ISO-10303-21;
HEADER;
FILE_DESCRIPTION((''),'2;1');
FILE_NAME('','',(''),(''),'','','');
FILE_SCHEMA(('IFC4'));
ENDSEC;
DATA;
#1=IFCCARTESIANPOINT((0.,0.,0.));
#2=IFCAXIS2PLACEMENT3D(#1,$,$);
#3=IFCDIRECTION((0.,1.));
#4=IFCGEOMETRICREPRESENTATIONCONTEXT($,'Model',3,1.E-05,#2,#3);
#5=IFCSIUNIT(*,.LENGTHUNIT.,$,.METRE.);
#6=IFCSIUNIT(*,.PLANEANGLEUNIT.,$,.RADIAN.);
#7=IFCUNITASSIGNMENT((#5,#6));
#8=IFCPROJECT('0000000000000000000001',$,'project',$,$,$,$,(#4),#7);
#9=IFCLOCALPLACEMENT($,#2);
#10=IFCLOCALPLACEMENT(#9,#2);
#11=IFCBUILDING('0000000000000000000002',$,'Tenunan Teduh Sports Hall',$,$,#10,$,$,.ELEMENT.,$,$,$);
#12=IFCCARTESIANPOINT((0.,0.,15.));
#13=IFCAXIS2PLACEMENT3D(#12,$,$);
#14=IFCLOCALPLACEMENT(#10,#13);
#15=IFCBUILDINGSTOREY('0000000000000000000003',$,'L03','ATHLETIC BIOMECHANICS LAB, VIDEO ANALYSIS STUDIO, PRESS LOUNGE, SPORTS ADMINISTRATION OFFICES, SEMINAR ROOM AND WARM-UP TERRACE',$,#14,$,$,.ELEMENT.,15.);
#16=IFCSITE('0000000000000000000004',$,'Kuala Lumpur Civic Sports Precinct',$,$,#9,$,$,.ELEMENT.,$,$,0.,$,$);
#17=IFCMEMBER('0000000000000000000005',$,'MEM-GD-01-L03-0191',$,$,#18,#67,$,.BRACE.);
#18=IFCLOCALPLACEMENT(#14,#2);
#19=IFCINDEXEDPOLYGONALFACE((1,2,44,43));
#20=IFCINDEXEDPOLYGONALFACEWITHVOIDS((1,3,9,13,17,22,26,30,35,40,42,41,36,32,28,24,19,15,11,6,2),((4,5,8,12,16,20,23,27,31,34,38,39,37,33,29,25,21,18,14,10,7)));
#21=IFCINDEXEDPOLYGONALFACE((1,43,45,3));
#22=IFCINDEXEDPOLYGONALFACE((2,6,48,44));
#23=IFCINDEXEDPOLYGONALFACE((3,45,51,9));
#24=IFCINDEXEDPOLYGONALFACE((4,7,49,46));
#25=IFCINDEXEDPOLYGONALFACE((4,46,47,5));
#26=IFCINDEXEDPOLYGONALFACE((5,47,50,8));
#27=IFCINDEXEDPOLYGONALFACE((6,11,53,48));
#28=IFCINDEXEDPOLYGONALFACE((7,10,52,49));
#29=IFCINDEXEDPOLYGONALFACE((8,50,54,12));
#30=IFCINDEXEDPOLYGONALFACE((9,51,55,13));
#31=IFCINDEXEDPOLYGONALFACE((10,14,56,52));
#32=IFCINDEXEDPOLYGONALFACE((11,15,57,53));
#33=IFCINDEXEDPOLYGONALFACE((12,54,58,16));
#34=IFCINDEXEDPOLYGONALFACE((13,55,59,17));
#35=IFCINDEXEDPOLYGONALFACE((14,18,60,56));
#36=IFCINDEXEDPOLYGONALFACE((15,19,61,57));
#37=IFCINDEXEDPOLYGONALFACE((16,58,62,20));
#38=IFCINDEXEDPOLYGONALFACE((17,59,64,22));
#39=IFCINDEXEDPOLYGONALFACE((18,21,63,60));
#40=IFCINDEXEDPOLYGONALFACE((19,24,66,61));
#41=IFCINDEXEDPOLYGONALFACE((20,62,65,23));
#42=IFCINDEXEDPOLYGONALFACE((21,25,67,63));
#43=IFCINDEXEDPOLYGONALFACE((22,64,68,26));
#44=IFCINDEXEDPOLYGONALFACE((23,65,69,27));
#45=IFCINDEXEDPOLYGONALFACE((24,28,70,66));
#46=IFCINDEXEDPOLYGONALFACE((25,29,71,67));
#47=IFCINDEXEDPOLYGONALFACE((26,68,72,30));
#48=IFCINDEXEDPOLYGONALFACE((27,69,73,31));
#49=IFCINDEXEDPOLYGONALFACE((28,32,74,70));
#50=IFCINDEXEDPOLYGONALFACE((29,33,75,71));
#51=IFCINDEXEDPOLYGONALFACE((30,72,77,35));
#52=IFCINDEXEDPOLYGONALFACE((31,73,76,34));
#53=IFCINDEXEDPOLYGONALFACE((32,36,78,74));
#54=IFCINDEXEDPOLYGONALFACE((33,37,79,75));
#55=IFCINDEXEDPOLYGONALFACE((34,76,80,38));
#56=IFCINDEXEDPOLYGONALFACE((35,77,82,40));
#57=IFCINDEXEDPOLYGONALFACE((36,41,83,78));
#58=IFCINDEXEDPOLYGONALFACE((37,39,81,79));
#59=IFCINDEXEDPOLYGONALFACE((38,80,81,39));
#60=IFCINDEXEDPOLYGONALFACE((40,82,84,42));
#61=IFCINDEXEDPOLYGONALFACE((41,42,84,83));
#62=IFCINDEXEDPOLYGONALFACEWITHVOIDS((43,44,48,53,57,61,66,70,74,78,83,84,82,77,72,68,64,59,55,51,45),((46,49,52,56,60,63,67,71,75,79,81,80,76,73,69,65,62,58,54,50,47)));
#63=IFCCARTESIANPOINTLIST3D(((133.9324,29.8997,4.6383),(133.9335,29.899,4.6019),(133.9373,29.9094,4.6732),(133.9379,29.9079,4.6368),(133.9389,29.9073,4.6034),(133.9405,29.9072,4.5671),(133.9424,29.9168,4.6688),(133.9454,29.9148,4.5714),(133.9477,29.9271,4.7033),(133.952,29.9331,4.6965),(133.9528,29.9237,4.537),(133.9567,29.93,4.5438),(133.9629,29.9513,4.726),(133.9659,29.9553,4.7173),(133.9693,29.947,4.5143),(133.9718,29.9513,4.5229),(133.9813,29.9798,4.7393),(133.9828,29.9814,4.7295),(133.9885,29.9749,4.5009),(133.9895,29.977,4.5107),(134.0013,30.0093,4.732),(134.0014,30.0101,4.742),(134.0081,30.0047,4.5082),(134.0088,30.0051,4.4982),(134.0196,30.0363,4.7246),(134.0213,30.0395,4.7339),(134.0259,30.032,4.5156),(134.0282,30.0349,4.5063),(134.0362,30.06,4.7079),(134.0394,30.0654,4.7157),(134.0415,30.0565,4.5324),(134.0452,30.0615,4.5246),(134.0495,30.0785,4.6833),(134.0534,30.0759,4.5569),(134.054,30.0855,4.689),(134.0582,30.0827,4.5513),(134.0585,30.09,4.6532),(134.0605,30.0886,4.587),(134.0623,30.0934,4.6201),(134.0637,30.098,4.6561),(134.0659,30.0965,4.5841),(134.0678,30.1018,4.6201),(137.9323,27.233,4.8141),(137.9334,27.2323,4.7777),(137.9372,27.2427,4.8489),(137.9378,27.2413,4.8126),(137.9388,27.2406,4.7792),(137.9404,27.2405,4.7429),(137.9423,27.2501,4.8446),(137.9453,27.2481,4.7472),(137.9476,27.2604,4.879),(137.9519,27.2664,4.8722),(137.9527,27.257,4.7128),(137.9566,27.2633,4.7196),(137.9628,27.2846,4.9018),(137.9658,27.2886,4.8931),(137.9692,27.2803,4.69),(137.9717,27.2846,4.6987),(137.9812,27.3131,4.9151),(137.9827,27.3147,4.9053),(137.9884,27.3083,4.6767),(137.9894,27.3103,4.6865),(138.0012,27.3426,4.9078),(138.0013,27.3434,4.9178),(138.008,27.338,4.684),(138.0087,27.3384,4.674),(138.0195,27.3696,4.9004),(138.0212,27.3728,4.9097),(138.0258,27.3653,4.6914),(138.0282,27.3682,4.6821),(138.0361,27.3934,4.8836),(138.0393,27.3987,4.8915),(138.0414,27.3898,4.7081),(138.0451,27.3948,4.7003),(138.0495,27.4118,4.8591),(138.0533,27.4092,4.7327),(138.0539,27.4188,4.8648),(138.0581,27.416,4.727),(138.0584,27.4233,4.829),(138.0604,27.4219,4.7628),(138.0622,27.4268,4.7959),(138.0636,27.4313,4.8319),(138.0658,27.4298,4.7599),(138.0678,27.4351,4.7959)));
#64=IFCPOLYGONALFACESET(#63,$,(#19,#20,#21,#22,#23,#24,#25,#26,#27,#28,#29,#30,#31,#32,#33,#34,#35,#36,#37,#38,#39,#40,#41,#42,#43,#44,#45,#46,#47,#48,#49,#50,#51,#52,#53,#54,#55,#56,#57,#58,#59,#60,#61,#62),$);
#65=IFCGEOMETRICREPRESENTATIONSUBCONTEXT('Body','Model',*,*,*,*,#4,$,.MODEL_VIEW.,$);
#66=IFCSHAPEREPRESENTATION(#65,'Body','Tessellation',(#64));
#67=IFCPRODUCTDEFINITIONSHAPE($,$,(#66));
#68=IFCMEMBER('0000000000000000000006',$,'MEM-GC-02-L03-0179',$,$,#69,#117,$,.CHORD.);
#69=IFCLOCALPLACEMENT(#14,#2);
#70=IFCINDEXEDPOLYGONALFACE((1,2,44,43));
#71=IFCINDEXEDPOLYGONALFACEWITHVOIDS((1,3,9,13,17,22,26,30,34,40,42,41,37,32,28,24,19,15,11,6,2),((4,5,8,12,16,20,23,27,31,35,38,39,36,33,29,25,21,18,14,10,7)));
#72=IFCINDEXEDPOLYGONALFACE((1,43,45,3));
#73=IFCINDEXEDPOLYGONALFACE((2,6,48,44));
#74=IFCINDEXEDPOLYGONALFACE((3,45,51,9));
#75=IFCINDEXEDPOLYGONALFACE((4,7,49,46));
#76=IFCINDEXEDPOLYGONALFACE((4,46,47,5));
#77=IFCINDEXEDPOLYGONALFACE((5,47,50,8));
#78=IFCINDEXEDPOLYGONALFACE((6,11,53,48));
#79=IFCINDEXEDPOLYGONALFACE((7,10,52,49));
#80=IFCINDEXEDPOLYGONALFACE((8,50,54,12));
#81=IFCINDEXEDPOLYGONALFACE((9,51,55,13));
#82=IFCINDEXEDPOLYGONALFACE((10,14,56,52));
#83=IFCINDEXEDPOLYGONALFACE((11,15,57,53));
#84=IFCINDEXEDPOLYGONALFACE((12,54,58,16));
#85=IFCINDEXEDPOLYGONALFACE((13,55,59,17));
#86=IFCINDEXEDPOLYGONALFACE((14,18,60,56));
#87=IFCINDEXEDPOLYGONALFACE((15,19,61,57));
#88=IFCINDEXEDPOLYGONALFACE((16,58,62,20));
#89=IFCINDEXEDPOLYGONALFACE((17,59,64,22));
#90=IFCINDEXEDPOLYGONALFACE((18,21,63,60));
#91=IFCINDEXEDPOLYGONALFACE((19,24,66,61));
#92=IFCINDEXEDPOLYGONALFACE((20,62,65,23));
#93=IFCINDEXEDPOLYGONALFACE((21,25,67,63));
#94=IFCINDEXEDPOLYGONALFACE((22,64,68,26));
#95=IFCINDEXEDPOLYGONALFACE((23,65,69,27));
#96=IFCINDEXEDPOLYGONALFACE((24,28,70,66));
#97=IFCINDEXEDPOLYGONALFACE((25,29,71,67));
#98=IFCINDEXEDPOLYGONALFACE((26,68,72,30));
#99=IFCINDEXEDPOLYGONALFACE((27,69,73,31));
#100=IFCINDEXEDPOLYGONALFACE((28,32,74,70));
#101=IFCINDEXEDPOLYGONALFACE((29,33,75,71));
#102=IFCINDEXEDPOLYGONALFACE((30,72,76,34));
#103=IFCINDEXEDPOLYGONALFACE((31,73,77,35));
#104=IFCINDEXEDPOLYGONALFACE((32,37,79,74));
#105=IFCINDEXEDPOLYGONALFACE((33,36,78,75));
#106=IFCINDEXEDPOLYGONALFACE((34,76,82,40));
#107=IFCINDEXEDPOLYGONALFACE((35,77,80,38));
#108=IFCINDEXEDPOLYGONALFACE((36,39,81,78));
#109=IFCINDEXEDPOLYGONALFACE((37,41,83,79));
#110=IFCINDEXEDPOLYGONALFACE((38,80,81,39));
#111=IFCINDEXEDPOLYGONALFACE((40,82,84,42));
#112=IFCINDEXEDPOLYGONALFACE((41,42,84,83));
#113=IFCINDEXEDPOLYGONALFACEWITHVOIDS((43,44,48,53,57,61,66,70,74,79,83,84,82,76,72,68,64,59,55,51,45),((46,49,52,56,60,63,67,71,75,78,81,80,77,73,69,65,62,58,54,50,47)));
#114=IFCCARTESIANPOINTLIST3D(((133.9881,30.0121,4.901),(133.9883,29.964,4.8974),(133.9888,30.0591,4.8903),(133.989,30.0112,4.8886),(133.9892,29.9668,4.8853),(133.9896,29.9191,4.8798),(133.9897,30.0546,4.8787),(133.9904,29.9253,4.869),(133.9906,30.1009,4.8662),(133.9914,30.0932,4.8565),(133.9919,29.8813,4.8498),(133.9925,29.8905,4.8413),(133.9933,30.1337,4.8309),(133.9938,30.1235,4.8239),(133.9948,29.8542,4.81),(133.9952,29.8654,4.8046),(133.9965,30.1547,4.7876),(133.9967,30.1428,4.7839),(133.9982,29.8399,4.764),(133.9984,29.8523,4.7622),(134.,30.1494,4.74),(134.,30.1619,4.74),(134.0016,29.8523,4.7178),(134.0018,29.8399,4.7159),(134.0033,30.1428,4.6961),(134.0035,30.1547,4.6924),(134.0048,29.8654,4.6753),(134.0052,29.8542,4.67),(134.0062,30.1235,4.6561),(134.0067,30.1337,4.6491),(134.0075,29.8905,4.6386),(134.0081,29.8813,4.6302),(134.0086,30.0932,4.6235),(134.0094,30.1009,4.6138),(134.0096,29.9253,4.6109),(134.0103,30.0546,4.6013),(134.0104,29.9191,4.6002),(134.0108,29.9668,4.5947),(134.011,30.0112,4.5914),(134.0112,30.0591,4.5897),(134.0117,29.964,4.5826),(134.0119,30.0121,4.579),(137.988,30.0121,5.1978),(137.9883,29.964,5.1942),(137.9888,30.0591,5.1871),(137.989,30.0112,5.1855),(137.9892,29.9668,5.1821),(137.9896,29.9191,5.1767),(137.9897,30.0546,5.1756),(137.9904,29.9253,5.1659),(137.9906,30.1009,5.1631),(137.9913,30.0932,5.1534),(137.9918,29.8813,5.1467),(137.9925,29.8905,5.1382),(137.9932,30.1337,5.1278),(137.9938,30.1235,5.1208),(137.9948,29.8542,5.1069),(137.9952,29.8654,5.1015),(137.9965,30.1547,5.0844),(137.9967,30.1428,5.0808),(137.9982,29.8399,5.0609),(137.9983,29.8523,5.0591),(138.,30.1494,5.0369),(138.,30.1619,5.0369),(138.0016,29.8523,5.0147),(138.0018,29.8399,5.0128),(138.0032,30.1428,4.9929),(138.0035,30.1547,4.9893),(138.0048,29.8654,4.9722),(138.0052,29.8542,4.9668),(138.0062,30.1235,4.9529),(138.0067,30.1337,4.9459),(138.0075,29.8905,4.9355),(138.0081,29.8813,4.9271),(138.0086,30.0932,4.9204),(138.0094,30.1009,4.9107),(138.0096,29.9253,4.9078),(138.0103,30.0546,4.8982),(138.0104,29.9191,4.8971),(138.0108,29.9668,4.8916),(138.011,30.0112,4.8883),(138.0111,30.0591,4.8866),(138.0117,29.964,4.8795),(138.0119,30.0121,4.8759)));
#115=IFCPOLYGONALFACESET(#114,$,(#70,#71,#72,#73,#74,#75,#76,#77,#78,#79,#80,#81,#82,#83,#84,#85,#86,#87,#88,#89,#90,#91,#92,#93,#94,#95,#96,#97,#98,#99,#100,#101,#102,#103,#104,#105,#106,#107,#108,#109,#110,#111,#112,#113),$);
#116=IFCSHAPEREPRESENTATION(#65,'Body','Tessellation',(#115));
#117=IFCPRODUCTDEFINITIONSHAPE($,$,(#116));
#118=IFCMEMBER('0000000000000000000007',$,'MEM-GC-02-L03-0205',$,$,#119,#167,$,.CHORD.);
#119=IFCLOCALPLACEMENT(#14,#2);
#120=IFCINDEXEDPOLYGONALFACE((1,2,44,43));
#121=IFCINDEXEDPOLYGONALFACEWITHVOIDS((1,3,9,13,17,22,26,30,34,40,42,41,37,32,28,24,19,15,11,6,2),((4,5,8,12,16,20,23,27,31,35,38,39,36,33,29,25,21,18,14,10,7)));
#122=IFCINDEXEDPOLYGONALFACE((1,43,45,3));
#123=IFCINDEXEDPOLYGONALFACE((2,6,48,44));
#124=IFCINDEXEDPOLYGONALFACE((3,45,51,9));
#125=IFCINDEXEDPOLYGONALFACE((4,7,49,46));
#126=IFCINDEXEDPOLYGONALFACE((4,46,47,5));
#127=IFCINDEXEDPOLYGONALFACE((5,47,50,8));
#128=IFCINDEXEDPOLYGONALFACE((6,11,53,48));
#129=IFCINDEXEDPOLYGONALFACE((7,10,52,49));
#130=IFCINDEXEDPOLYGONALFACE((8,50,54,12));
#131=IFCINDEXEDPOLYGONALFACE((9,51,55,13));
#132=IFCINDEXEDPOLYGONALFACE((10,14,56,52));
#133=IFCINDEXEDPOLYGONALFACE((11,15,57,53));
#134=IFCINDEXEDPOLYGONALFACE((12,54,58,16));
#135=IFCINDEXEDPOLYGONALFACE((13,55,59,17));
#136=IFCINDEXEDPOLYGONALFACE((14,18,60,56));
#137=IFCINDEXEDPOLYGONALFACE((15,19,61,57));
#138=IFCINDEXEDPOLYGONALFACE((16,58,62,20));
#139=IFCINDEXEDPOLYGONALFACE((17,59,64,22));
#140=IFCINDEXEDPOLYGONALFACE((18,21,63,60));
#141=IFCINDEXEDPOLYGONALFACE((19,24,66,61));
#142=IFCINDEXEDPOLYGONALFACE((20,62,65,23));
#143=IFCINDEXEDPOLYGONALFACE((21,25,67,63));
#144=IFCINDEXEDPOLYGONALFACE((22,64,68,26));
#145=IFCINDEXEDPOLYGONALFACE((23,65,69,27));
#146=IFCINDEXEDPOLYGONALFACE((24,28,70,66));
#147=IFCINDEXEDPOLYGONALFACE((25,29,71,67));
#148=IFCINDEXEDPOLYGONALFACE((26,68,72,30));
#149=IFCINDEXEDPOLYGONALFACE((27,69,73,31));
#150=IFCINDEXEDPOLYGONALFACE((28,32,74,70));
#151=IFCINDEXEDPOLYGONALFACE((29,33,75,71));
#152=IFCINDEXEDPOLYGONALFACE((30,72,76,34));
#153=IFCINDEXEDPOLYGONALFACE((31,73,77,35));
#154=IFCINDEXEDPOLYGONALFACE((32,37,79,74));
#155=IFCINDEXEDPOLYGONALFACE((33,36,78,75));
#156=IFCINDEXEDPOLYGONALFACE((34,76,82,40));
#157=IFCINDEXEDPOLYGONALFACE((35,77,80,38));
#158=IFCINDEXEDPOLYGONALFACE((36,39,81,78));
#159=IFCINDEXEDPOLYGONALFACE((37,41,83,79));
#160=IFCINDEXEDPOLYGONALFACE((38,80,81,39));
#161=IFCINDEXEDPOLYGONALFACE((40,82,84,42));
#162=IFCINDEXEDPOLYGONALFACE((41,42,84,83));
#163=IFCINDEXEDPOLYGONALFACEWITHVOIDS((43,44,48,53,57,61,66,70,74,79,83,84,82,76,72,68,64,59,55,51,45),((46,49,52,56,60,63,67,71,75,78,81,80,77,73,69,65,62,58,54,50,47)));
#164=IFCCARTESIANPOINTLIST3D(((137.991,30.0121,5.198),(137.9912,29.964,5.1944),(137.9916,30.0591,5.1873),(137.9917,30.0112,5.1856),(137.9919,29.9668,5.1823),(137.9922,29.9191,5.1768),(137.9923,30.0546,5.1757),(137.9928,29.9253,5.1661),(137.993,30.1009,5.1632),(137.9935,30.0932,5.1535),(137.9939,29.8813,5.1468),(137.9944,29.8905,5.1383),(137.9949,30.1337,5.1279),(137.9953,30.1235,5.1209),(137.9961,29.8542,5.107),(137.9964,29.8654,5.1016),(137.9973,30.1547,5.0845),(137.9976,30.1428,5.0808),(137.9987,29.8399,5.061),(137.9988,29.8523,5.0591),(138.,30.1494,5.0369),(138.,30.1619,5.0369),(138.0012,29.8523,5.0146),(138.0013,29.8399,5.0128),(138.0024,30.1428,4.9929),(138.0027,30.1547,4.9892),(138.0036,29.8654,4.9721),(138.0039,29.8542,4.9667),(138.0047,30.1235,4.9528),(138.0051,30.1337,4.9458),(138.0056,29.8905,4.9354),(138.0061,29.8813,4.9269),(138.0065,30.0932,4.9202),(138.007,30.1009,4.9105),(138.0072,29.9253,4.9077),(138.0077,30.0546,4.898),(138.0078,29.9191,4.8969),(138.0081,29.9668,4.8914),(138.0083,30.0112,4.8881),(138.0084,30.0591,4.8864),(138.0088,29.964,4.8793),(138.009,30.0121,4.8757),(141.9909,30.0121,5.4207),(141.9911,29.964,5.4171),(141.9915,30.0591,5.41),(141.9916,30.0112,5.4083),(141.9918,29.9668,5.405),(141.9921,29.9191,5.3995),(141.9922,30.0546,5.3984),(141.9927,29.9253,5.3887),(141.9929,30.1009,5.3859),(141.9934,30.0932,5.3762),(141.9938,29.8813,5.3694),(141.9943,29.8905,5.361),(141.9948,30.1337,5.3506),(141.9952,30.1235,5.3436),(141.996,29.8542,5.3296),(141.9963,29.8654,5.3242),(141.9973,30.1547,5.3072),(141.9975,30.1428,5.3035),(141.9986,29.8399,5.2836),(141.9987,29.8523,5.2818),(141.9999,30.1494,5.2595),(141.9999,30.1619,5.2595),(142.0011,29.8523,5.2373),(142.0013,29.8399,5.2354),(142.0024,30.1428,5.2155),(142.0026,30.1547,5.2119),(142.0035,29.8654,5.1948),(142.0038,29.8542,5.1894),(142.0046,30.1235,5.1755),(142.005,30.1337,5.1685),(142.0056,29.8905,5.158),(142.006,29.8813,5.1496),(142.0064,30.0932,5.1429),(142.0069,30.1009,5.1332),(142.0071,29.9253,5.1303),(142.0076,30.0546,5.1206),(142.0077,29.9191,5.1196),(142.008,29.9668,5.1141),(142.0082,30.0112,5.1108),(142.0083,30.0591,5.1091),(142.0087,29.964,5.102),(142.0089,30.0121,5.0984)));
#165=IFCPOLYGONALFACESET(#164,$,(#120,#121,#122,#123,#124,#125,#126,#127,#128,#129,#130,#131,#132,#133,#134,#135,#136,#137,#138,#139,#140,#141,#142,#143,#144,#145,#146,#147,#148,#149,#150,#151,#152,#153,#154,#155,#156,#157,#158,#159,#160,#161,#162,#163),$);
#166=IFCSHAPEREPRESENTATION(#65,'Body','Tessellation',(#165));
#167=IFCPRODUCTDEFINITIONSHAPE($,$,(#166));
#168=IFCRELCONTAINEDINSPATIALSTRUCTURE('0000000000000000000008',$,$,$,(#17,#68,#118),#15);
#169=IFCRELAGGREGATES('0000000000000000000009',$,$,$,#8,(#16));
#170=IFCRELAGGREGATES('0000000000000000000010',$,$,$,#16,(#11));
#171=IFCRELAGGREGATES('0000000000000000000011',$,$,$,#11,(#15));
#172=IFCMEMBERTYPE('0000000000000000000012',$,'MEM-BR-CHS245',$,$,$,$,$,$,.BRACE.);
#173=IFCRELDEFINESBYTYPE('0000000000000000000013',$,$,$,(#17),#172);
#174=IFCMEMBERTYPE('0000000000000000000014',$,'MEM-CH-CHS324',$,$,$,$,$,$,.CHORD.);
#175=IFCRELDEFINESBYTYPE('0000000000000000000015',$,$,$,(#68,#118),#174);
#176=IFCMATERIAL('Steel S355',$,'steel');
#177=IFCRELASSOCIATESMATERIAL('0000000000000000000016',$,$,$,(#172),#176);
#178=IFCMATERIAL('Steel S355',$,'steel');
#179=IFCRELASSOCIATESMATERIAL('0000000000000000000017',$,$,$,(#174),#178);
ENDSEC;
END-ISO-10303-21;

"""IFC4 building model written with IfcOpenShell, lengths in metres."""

from ifc_helpers import new_model, si_unit, direction, frame, origin, origin_2d, place, context, subcontext, project, spatial, hollow_circle, extrude, material, material_profile, profile_set, type_object, element, save


model = new_model("IFC4")

# Units and contexts
model_context = context("Model", 3, precision=1e-05, world=origin(), true_north=direction((0.0, 1.0)))
body_context = subcontext(model_context, "Body", "Model", "MODEL_VIEW")
ifc_project = project(units=[si_unit("LENGTHUNIT", "METRE"), si_unit("PLANEANGLEUNIT", "RADIAN")], contexts=[model_context])

# Site, building, storey
site_placement = place(None, origin())
site = spatial("IfcSite", under=ifc_project, at=site_placement, Name="Kuala Lumpur Civic Sports Precinct", CompositionType="ELEMENT", RefElevation=0.0)
building_placement = place(site_placement, origin())
building = spatial("IfcBuilding", under=site, at=building_placement, Name="Tenunan Teduh Sports Hall", CompositionType="ELEMENT")
storey_placement = place(building_placement, frame((0.0, 0.0, 15.0)))
storey = spatial("IfcBuildingStorey", under=building, at=storey_placement, Name="L03", Description="ATHLETIC BIOMECHANICS LAB, VIDEO ANALYSIS STUDIO, PRESS LOUNGE, SPORTS ADMINISTRATION OFFICES, SEMINAR ROOM AND WARM-UP TERRACE", CompositionType="ELEMENT", Elevation=15.0)

# Members
ifc_material_1 = material(Name="Steel S355", Category="steel")
ifc_material_profile_1 = material_profile(ifc_material_1, hollow_circle(Radius=0.1223, WallThickness=0.01, at=origin_2d()), Name="CHS 244.5x10.0")
ifc_profile_set_1 = profile_set([ifc_material_profile_1], Name="Steel S355")
member_type_1 = type_object("IfcMemberType", Name="MEM-BR-CHS245", PredefinedType="BRACE", material=ifc_profile_set_1)
member_1_placement = place(storey_placement, frame((134.0, 30.0, 4.6201), z_axis=(0.831487, -0.554341, 0.03654), x_axis=(0.554712, 0.832042, 0.0)))
element("IfcMember", 1, at=member_1_placement, inside=storey, type_object=member_type_1, Name="MEM-GD-01-L03-0191", PredefinedType="BRACE", context=body_context, shape_type="SweptSolid", body=[
    extrude(hollow_circle(Radius=0.1223, WallThickness=0.01, at=origin_2d()), origin(), (0.0, 0.0, 1.0), 4.8105),
])
ifc_material_2 = material(Name="Steel S355", Category="steel")
ifc_material_profile_2 = material_profile(ifc_material_2, hollow_circle(Radius=0.1619, WallThickness=0.0125, at=origin_2d()), Name="CHS 323.9x12.5")
ifc_profile_set_2 = profile_set([ifc_material_profile_2], Name="Steel S355")
member_type_2 = type_object("IfcMemberType", Name="MEM-CH-CHS324", PredefinedType="CHORD", material=ifc_profile_set_2)
member_2_placement = place(storey_placement, frame((134.0, 30.0, 4.74), z_axis=(0.997257, 0.0, 0.074015), x_axis=(0.0, 1.0, 0.0)))
element("IfcMember", 2, at=member_2_placement, inside=storey, type_object=member_type_2, Name="MEM-GC-02-L03-0179", PredefinedType="CHORD", context=body_context, shape_type="SweptSolid", body=[
    extrude(hollow_circle(Radius=0.1619, WallThickness=0.0125, at=origin_2d()), origin(), (0.0, 0.0, 1.0), 4.011),
])
member_3_placement = place(storey_placement, frame((138.0, 30.0, 5.0369), z_axis=(0.998454, 0.0, 0.055578), x_axis=(0.0, 1.0, 0.0)))
element("IfcMember", 3, at=member_3_placement, inside=storey, type_object=member_type_2, Name="MEM-GC-02-L03-0205", PredefinedType="CHORD", context=body_context, shape_type="SweptSolid", body=[
    extrude(hollow_circle(Radius=0.1619, WallThickness=0.0125, at=origin_2d()), origin(), (0.0, 0.0, 1.0), 4.0061),
])

save(model, "model.ifc")
